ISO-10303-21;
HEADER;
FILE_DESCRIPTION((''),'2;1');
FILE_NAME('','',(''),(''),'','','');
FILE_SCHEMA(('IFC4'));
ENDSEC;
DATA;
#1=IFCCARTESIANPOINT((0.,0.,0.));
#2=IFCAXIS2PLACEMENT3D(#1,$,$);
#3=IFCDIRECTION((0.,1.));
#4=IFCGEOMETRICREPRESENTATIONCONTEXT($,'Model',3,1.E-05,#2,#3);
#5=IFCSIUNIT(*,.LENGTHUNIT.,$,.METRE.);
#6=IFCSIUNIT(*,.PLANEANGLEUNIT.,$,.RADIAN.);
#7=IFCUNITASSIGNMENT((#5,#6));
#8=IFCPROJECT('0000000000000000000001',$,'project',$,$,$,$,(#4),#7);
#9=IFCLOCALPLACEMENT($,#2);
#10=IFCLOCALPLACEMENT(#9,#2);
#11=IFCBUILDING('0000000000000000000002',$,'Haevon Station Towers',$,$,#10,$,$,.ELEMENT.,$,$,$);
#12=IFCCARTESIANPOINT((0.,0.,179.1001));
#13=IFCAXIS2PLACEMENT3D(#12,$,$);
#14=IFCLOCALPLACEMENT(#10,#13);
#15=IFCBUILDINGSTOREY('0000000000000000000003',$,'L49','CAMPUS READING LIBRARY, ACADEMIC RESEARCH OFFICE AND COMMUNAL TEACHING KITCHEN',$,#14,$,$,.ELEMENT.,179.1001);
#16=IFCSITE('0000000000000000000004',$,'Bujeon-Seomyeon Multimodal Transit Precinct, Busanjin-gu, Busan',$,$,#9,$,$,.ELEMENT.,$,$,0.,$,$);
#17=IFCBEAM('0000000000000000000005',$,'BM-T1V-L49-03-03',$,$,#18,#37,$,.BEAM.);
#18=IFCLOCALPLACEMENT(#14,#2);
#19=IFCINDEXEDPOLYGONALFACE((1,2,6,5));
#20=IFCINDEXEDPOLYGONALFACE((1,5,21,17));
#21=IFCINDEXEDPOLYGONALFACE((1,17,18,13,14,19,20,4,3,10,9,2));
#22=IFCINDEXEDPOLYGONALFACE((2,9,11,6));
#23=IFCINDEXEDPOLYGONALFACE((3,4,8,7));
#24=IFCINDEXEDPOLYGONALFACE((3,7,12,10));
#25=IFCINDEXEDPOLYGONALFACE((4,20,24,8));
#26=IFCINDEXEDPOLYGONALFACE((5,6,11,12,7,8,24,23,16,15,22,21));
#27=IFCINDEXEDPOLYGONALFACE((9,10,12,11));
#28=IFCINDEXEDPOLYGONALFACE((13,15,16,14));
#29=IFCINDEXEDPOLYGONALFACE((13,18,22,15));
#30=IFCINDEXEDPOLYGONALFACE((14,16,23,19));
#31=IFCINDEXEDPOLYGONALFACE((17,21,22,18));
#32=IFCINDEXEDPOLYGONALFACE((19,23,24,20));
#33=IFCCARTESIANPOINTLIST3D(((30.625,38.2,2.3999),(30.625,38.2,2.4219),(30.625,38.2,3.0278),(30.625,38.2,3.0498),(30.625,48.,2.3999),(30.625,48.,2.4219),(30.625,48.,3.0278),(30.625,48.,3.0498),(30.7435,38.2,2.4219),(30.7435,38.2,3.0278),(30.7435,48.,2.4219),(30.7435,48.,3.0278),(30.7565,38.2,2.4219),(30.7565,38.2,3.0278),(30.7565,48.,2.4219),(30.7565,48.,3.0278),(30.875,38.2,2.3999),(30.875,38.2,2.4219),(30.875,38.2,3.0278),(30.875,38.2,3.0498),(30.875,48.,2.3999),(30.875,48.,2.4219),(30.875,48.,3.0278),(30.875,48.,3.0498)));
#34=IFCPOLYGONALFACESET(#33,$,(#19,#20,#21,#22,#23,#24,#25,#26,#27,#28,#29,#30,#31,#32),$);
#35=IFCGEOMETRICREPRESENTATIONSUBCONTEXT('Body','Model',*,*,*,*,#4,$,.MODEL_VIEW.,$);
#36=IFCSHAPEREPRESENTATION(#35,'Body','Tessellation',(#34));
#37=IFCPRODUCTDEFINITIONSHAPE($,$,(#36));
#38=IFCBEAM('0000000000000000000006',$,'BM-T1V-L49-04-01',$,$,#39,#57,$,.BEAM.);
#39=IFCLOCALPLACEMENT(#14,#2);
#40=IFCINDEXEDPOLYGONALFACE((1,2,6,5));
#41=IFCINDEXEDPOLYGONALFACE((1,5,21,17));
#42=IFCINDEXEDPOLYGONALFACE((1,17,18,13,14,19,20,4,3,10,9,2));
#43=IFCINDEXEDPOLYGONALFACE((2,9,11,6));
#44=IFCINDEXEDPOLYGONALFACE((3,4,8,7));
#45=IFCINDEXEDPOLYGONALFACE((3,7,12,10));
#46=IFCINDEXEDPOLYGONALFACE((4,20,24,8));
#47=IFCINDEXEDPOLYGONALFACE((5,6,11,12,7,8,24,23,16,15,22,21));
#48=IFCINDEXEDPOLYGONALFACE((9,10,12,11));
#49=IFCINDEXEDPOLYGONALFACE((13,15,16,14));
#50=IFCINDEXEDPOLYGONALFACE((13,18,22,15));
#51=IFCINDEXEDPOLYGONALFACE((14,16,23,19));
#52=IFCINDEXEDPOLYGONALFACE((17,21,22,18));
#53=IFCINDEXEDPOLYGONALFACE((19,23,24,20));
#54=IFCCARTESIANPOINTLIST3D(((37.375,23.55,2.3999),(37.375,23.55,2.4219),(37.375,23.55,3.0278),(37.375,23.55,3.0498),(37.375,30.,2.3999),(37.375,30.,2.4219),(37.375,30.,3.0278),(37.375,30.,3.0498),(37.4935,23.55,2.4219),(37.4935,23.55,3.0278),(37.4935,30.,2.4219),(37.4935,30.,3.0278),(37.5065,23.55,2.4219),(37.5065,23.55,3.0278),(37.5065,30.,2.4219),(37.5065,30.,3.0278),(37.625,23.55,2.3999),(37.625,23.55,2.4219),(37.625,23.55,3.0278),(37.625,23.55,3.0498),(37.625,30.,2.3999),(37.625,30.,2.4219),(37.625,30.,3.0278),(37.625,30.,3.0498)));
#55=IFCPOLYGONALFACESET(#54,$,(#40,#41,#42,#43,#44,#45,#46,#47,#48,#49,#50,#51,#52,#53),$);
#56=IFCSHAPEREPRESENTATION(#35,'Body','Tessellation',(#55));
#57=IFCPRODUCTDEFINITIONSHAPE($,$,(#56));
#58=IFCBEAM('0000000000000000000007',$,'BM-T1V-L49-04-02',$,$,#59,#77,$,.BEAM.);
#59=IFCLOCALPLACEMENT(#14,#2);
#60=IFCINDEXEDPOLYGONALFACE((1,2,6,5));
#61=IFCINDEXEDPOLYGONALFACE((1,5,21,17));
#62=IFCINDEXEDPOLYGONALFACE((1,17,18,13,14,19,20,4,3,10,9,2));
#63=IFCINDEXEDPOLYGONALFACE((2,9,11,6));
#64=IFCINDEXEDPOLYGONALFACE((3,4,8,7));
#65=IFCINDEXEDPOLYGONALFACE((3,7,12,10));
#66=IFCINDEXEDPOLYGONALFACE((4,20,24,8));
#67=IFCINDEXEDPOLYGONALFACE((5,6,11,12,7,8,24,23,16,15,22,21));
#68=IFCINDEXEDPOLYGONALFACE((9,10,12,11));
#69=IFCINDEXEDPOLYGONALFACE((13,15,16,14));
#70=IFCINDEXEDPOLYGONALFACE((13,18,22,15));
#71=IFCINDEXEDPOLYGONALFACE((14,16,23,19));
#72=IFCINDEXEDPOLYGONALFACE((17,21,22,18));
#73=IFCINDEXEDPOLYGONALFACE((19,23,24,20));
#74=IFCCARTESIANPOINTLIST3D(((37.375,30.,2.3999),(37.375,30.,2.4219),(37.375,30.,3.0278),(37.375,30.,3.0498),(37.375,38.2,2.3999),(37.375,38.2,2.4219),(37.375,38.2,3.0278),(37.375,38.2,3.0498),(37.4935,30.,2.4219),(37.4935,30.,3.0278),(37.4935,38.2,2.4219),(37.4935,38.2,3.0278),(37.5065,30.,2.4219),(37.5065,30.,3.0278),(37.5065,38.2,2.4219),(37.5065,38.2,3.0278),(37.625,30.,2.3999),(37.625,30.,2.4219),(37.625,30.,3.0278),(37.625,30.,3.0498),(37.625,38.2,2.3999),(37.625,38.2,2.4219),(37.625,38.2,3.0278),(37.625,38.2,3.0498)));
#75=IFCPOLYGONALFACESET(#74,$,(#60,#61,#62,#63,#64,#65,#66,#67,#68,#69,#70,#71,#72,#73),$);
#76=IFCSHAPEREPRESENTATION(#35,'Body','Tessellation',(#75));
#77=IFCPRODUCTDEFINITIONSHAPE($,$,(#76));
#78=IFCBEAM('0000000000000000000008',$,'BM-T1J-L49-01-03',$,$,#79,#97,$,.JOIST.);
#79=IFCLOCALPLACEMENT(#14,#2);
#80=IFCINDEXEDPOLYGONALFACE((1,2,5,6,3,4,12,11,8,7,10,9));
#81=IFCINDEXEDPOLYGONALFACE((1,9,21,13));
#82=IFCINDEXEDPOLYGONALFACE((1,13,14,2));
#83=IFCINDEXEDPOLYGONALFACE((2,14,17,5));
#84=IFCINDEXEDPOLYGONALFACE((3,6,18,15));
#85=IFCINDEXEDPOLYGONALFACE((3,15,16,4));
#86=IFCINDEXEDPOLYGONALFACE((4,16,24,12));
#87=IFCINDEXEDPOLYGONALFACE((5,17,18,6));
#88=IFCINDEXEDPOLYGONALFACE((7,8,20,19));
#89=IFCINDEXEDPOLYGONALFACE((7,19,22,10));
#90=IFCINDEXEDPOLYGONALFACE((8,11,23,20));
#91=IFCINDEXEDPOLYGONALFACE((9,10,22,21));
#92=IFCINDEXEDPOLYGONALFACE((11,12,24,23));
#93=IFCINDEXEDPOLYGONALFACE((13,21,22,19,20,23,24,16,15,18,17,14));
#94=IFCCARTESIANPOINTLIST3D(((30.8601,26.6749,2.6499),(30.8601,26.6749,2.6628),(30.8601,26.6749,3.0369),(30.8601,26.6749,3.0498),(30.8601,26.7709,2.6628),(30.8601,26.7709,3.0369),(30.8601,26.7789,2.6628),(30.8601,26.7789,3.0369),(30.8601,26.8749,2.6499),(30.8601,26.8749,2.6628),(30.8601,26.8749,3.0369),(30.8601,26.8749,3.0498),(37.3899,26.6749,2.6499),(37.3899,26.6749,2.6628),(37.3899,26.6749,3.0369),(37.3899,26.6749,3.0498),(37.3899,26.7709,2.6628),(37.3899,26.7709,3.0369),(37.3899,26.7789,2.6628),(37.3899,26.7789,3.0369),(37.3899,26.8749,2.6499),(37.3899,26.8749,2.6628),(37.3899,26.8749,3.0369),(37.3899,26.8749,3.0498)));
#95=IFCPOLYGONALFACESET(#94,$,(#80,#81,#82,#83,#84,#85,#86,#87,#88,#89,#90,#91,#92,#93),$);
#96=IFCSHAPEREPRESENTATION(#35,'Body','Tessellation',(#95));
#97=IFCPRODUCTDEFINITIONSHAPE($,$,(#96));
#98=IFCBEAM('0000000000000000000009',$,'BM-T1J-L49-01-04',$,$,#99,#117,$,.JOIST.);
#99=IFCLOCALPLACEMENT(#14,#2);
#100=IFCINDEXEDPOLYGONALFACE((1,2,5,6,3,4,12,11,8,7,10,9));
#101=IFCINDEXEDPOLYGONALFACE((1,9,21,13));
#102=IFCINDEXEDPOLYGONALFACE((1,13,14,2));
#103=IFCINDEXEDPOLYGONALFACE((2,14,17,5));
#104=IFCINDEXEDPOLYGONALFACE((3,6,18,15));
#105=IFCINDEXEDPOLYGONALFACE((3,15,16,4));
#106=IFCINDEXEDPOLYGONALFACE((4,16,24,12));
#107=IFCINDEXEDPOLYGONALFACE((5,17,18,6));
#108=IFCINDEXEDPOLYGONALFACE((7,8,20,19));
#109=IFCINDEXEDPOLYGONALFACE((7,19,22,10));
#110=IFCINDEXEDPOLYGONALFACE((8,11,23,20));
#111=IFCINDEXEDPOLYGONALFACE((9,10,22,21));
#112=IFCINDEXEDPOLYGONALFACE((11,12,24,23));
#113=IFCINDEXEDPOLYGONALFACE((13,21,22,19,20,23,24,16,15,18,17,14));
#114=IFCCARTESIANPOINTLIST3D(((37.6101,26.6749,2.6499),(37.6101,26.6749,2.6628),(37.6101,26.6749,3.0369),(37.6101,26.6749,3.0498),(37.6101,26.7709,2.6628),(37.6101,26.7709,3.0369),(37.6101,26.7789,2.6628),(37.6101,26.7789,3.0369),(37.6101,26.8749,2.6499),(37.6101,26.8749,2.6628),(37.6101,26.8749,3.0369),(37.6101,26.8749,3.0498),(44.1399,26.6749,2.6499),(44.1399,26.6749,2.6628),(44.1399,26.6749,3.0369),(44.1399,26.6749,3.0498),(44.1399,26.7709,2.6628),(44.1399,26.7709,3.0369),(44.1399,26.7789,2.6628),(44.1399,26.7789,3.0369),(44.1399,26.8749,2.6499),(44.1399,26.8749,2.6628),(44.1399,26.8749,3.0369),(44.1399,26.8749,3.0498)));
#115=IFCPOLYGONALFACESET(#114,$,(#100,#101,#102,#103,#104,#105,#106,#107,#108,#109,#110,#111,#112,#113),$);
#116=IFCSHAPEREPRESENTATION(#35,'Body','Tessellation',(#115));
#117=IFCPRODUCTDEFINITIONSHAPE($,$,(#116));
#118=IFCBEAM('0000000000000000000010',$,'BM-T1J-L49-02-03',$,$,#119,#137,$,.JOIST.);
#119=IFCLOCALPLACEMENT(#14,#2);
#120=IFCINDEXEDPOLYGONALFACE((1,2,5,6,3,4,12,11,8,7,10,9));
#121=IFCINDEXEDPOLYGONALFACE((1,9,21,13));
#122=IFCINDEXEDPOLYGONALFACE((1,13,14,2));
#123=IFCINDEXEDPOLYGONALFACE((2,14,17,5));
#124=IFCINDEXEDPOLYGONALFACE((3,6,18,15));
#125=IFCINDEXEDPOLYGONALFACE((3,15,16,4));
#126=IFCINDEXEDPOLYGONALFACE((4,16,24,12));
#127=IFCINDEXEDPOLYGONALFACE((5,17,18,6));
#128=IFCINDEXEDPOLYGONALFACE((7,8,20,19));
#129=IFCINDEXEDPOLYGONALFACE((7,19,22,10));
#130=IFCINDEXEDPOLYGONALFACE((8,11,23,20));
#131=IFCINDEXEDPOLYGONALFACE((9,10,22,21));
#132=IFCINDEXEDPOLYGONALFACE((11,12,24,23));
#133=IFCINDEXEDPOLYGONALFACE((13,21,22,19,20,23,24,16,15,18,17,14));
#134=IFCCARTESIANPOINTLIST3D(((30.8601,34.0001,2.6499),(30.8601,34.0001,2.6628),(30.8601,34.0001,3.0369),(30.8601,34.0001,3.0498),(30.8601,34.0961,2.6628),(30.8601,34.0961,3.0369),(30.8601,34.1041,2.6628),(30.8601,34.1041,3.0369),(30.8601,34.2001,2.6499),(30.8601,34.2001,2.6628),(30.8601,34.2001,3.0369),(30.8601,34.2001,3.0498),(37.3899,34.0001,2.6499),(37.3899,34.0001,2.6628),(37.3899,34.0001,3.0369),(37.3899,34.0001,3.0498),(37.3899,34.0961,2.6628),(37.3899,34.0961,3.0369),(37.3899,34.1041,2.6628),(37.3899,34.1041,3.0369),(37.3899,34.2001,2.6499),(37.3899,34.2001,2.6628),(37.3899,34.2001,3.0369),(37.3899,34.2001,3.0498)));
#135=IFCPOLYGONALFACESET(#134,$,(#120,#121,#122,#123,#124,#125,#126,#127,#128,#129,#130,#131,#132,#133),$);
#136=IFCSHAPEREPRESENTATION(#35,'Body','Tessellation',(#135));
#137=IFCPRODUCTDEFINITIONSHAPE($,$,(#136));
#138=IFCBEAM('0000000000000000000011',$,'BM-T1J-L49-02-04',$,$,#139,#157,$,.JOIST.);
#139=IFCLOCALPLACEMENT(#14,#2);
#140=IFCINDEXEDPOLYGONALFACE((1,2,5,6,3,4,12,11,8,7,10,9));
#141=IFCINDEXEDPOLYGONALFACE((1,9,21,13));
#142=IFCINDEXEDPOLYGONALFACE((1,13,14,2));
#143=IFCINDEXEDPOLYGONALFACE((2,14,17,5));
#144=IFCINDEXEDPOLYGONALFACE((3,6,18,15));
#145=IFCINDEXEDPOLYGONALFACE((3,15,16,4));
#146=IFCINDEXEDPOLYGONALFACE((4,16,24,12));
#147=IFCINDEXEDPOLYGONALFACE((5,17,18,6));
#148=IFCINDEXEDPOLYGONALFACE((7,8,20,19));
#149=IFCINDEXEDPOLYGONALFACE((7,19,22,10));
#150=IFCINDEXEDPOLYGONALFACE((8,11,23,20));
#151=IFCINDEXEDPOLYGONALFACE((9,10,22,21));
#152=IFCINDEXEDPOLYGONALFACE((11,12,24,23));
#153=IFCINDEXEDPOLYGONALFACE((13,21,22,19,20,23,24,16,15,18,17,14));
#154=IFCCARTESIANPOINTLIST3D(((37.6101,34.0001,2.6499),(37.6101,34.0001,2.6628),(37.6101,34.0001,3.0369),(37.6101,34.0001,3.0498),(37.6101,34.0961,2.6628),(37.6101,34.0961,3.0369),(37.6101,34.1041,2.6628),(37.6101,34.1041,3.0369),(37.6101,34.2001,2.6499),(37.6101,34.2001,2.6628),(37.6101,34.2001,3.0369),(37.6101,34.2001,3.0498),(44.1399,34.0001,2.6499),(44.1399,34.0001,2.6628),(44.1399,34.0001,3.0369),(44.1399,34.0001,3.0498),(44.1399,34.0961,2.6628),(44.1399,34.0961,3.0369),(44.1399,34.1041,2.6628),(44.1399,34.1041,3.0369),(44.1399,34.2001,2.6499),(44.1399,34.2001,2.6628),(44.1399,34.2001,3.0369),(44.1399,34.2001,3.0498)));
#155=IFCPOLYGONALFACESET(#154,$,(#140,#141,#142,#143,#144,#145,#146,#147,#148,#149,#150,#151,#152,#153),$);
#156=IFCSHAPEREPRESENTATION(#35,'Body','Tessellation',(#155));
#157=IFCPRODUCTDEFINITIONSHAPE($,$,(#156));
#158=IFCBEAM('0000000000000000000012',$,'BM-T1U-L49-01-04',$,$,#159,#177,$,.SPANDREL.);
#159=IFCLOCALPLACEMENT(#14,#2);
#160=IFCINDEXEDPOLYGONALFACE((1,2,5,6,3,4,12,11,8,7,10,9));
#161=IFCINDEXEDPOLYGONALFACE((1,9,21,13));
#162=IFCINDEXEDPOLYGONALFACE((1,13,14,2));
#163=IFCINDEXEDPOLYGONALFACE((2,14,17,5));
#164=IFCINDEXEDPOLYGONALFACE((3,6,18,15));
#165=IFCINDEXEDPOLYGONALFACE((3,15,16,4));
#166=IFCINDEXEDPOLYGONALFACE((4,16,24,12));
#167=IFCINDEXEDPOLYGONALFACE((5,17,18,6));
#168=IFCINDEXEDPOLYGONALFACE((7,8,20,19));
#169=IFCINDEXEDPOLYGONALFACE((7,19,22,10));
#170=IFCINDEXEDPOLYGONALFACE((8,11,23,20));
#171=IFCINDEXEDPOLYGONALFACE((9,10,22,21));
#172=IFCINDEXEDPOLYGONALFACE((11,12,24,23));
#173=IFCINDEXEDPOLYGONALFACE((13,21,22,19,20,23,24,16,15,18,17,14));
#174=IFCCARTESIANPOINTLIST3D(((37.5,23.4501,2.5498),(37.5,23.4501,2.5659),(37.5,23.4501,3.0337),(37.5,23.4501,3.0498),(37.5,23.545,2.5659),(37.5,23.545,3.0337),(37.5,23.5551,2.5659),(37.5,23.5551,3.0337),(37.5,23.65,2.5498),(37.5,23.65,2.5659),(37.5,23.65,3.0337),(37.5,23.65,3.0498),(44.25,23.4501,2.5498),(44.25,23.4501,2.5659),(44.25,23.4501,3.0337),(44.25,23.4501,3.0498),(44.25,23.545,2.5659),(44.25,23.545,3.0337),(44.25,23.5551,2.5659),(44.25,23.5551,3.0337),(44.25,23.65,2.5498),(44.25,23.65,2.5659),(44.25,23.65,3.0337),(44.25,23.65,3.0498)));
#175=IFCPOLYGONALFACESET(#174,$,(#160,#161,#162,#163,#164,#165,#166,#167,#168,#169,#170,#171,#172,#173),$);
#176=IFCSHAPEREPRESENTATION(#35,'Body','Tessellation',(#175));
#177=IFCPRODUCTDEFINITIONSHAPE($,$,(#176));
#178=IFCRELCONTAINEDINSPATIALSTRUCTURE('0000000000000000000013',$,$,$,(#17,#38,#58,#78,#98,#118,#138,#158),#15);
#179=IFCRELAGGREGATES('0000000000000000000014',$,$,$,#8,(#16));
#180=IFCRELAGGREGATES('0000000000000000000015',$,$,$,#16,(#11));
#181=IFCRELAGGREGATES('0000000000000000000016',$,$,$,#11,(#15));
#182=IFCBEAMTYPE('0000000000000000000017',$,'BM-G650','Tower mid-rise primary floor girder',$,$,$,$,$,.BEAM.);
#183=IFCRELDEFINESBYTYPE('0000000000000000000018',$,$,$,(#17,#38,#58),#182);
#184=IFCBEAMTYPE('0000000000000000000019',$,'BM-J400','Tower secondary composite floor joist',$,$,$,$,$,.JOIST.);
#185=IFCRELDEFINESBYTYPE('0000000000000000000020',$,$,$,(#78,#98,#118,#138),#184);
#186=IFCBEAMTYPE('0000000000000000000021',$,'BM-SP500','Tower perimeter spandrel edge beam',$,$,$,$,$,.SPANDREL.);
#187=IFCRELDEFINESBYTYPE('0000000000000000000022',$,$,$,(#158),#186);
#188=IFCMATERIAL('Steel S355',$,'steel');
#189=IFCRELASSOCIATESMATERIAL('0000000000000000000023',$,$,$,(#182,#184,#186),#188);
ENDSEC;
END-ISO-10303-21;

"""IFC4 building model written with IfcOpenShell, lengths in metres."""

from ifc_helpers import new_model, si_unit, direction, frame, origin, origin_2d, place, context, subcontext, project, spatial, i_section, extrude, material, material_profile, profile_set, type_object, element, save


model = new_model("IFC4")

# Units and contexts
model_context = context("Model", 3, precision=1e-05, world=origin(), true_north=direction((0.0, 1.0)))
body_context = subcontext(model_context, "Body", "Model", "MODEL_VIEW")
ifc_project = project(units=[si_unit("LENGTHUNIT", "METRE"), si_unit("PLANEANGLEUNIT", "RADIAN")], contexts=[model_context])

# Site, building, storey
site_placement = place(None, origin())
site = spatial("IfcSite", under=ifc_project, at=site_placement, Name="Bujeon-Seomyeon Multimodal Transit Precinct, Busanjin-gu, Busan", CompositionType="ELEMENT", RefElevation=0.0)
building_placement = place(site_placement, origin())
building = spatial("IfcBuilding", under=site, at=building_placement, Name="Haevon Station Towers", CompositionType="ELEMENT")
storey_placement = place(building_placement, frame((0.0, 0.0, 179.1001)))
storey = spatial("IfcBuildingStorey", under=building, at=storey_placement, Name="L49", Description="CAMPUS READING LIBRARY, ACADEMIC RESEARCH OFFICE AND COMMUNAL TEACHING KITCHEN", CompositionType="ELEMENT", Elevation=179.1001)

# Shared definitions
ifc_material_1 = material(Name="Steel S355", Category="steel")

# Beams
ifc_material_profile_1 = material_profile(ifc_material_1, i_section(OverallWidth=0.25, OverallDepth=0.6499, WebThickness=0.0129, FlangeThickness=0.022, at=origin_2d()), Name="H-650x250x13x22")
ifc_profile_set_1 = profile_set([ifc_material_profile_1], Name="Steel S355")
beam_type_1 = type_object("IfcBeamType", Name="BM-G650", Description="Tower mid-rise primary floor girder", PredefinedType="BEAM", material=ifc_profile_set_1)
beam_1_placement = place(storey_placement, frame((30.75, 38.2, 2.7249), z_axis=(0.0, 1.0, 0.0), x_axis=(-1.0, 0.0, 0.0)))
element("IfcBeam", 1, at=beam_1_placement, inside=storey, type_object=beam_type_1, Name="BM-T1V-L49-03-03", PredefinedType="BEAM", context=body_context, shape_type="SweptSolid", body=[
    extrude(i_section(OverallWidth=0.25, OverallDepth=0.6499, WebThickness=0.0129, FlangeThickness=0.022, at=origin_2d()), origin(), (0.0, 0.0, 1.0), 9.8),
])
beam_2_placement = place(storey_placement, frame((37.5, 23.55, 2.7249), z_axis=(0.0, 1.0, 0.0), x_axis=(-1.0, 0.0, 0.0)))
element("IfcBeam", 2, at=beam_2_placement, inside=storey, type_object=beam_type_1, Name="BM-T1V-L49-04-01", PredefinedType="BEAM", context=body_context, shape_type="SweptSolid", body=[
    extrude(i_section(OverallWidth=0.25, OverallDepth=0.6499, WebThickness=0.0129, FlangeThickness=0.022, at=origin_2d()), origin(), (0.0, 0.0, 1.0), 6.45),
])
beam_3_placement = place(storey_placement, frame((37.5, 30.0, 2.7249), z_axis=(0.0, 1.0, 0.0), x_axis=(-1.0, 0.0, 0.0)))
element("IfcBeam", 3, at=beam_3_placement, inside=storey, type_object=beam_type_1, Name="BM-T1V-L49-04-02", PredefinedType="BEAM", context=body_context, shape_type="SweptSolid", body=[
    extrude(i_section(OverallWidth=0.25, OverallDepth=0.6499, WebThickness=0.0129, FlangeThickness=0.022, at=origin_2d()), origin(), (0.0, 0.0, 1.0), 8.2),
])
ifc_material_profile_2 = material_profile(ifc_material_1, i_section(OverallWidth=0.2, OverallDepth=0.3999, WebThickness=0.0081, FlangeThickness=0.0129, at=origin_2d()), Name="H-400x200x8x13")
ifc_profile_set_2 = profile_set([ifc_material_profile_2], Name="Steel S355")
beam_type_2 = type_object("IfcBeamType", Name="BM-J400", Description="Tower secondary composite floor joist", PredefinedType="JOIST", material=ifc_profile_set_2)
for number, where, z_axis, x_axis, name in (
    (4, (30.8601, 26.7749, 2.8499), (1.0, 0.0, 0.0), (0.0, 1.0, 0.0), "BM-T1J-L49-01-03"),
    (5, (37.6101, 26.7749, 2.8499), (1.0, 0.0, 0.0), (0.0, 1.0, 0.0), "BM-T1J-L49-01-04"),
    (6, (30.8601, 34.1001, 2.8499), (1.0, 0.0, 0.0), (0.0, 1.0, 0.0), "BM-T1J-L49-02-03"),
    (7, (37.6101, 34.1001, 2.8499), (1.0, 0.0, 0.0), (0.0, 1.0, 0.0), "BM-T1J-L49-02-04"),
):
    element("IfcBeam", number, at=place(storey_placement, frame(where, z_axis=z_axis, x_axis=x_axis)), inside=storey, type_object=beam_type_2, Name=name, PredefinedType="JOIST", context=body_context, shape_type="SweptSolid", body=[
        extrude(i_section(OverallWidth=0.2, OverallDepth=0.3999, WebThickness=0.0081, FlangeThickness=0.0129, at=origin_2d()), origin(), (0.0, 0.0, 1.0), 6.5298),
    ])
ifc_material_profile_3 = material_profile(ifc_material_1, i_section(OverallWidth=0.2, OverallDepth=0.5, WebThickness=0.01, FlangeThickness=0.0161, at=origin_2d()), Name="H-500x200x10x16")
ifc_profile_set_3 = profile_set([ifc_material_profile_3], Name="Steel S355")
beam_type_3 = type_object("IfcBeamType", Name="BM-SP500", Description="Tower perimeter spandrel edge beam", PredefinedType="SPANDREL", material=ifc_profile_set_3)
beam_4_placement = place(storey_placement, frame((37.5, 23.55, 2.7998), z_axis=(1.0, 0.0, 0.0), x_axis=(0.0, 1.0, 0.0)))
element("IfcBeam", 8, at=beam_4_placement, inside=storey, type_object=beam_type_3, Name="BM-T1U-L49-01-04", PredefinedType="SPANDREL", context=body_context, shape_type="SweptSolid", body=[
    extrude(i_section(OverallWidth=0.2, OverallDepth=0.5, WebThickness=0.01, FlangeThickness=0.0161, at=origin_2d()), origin(), (0.0, 0.0, 1.0), 6.75),
])

save(model, "model.ifc")
